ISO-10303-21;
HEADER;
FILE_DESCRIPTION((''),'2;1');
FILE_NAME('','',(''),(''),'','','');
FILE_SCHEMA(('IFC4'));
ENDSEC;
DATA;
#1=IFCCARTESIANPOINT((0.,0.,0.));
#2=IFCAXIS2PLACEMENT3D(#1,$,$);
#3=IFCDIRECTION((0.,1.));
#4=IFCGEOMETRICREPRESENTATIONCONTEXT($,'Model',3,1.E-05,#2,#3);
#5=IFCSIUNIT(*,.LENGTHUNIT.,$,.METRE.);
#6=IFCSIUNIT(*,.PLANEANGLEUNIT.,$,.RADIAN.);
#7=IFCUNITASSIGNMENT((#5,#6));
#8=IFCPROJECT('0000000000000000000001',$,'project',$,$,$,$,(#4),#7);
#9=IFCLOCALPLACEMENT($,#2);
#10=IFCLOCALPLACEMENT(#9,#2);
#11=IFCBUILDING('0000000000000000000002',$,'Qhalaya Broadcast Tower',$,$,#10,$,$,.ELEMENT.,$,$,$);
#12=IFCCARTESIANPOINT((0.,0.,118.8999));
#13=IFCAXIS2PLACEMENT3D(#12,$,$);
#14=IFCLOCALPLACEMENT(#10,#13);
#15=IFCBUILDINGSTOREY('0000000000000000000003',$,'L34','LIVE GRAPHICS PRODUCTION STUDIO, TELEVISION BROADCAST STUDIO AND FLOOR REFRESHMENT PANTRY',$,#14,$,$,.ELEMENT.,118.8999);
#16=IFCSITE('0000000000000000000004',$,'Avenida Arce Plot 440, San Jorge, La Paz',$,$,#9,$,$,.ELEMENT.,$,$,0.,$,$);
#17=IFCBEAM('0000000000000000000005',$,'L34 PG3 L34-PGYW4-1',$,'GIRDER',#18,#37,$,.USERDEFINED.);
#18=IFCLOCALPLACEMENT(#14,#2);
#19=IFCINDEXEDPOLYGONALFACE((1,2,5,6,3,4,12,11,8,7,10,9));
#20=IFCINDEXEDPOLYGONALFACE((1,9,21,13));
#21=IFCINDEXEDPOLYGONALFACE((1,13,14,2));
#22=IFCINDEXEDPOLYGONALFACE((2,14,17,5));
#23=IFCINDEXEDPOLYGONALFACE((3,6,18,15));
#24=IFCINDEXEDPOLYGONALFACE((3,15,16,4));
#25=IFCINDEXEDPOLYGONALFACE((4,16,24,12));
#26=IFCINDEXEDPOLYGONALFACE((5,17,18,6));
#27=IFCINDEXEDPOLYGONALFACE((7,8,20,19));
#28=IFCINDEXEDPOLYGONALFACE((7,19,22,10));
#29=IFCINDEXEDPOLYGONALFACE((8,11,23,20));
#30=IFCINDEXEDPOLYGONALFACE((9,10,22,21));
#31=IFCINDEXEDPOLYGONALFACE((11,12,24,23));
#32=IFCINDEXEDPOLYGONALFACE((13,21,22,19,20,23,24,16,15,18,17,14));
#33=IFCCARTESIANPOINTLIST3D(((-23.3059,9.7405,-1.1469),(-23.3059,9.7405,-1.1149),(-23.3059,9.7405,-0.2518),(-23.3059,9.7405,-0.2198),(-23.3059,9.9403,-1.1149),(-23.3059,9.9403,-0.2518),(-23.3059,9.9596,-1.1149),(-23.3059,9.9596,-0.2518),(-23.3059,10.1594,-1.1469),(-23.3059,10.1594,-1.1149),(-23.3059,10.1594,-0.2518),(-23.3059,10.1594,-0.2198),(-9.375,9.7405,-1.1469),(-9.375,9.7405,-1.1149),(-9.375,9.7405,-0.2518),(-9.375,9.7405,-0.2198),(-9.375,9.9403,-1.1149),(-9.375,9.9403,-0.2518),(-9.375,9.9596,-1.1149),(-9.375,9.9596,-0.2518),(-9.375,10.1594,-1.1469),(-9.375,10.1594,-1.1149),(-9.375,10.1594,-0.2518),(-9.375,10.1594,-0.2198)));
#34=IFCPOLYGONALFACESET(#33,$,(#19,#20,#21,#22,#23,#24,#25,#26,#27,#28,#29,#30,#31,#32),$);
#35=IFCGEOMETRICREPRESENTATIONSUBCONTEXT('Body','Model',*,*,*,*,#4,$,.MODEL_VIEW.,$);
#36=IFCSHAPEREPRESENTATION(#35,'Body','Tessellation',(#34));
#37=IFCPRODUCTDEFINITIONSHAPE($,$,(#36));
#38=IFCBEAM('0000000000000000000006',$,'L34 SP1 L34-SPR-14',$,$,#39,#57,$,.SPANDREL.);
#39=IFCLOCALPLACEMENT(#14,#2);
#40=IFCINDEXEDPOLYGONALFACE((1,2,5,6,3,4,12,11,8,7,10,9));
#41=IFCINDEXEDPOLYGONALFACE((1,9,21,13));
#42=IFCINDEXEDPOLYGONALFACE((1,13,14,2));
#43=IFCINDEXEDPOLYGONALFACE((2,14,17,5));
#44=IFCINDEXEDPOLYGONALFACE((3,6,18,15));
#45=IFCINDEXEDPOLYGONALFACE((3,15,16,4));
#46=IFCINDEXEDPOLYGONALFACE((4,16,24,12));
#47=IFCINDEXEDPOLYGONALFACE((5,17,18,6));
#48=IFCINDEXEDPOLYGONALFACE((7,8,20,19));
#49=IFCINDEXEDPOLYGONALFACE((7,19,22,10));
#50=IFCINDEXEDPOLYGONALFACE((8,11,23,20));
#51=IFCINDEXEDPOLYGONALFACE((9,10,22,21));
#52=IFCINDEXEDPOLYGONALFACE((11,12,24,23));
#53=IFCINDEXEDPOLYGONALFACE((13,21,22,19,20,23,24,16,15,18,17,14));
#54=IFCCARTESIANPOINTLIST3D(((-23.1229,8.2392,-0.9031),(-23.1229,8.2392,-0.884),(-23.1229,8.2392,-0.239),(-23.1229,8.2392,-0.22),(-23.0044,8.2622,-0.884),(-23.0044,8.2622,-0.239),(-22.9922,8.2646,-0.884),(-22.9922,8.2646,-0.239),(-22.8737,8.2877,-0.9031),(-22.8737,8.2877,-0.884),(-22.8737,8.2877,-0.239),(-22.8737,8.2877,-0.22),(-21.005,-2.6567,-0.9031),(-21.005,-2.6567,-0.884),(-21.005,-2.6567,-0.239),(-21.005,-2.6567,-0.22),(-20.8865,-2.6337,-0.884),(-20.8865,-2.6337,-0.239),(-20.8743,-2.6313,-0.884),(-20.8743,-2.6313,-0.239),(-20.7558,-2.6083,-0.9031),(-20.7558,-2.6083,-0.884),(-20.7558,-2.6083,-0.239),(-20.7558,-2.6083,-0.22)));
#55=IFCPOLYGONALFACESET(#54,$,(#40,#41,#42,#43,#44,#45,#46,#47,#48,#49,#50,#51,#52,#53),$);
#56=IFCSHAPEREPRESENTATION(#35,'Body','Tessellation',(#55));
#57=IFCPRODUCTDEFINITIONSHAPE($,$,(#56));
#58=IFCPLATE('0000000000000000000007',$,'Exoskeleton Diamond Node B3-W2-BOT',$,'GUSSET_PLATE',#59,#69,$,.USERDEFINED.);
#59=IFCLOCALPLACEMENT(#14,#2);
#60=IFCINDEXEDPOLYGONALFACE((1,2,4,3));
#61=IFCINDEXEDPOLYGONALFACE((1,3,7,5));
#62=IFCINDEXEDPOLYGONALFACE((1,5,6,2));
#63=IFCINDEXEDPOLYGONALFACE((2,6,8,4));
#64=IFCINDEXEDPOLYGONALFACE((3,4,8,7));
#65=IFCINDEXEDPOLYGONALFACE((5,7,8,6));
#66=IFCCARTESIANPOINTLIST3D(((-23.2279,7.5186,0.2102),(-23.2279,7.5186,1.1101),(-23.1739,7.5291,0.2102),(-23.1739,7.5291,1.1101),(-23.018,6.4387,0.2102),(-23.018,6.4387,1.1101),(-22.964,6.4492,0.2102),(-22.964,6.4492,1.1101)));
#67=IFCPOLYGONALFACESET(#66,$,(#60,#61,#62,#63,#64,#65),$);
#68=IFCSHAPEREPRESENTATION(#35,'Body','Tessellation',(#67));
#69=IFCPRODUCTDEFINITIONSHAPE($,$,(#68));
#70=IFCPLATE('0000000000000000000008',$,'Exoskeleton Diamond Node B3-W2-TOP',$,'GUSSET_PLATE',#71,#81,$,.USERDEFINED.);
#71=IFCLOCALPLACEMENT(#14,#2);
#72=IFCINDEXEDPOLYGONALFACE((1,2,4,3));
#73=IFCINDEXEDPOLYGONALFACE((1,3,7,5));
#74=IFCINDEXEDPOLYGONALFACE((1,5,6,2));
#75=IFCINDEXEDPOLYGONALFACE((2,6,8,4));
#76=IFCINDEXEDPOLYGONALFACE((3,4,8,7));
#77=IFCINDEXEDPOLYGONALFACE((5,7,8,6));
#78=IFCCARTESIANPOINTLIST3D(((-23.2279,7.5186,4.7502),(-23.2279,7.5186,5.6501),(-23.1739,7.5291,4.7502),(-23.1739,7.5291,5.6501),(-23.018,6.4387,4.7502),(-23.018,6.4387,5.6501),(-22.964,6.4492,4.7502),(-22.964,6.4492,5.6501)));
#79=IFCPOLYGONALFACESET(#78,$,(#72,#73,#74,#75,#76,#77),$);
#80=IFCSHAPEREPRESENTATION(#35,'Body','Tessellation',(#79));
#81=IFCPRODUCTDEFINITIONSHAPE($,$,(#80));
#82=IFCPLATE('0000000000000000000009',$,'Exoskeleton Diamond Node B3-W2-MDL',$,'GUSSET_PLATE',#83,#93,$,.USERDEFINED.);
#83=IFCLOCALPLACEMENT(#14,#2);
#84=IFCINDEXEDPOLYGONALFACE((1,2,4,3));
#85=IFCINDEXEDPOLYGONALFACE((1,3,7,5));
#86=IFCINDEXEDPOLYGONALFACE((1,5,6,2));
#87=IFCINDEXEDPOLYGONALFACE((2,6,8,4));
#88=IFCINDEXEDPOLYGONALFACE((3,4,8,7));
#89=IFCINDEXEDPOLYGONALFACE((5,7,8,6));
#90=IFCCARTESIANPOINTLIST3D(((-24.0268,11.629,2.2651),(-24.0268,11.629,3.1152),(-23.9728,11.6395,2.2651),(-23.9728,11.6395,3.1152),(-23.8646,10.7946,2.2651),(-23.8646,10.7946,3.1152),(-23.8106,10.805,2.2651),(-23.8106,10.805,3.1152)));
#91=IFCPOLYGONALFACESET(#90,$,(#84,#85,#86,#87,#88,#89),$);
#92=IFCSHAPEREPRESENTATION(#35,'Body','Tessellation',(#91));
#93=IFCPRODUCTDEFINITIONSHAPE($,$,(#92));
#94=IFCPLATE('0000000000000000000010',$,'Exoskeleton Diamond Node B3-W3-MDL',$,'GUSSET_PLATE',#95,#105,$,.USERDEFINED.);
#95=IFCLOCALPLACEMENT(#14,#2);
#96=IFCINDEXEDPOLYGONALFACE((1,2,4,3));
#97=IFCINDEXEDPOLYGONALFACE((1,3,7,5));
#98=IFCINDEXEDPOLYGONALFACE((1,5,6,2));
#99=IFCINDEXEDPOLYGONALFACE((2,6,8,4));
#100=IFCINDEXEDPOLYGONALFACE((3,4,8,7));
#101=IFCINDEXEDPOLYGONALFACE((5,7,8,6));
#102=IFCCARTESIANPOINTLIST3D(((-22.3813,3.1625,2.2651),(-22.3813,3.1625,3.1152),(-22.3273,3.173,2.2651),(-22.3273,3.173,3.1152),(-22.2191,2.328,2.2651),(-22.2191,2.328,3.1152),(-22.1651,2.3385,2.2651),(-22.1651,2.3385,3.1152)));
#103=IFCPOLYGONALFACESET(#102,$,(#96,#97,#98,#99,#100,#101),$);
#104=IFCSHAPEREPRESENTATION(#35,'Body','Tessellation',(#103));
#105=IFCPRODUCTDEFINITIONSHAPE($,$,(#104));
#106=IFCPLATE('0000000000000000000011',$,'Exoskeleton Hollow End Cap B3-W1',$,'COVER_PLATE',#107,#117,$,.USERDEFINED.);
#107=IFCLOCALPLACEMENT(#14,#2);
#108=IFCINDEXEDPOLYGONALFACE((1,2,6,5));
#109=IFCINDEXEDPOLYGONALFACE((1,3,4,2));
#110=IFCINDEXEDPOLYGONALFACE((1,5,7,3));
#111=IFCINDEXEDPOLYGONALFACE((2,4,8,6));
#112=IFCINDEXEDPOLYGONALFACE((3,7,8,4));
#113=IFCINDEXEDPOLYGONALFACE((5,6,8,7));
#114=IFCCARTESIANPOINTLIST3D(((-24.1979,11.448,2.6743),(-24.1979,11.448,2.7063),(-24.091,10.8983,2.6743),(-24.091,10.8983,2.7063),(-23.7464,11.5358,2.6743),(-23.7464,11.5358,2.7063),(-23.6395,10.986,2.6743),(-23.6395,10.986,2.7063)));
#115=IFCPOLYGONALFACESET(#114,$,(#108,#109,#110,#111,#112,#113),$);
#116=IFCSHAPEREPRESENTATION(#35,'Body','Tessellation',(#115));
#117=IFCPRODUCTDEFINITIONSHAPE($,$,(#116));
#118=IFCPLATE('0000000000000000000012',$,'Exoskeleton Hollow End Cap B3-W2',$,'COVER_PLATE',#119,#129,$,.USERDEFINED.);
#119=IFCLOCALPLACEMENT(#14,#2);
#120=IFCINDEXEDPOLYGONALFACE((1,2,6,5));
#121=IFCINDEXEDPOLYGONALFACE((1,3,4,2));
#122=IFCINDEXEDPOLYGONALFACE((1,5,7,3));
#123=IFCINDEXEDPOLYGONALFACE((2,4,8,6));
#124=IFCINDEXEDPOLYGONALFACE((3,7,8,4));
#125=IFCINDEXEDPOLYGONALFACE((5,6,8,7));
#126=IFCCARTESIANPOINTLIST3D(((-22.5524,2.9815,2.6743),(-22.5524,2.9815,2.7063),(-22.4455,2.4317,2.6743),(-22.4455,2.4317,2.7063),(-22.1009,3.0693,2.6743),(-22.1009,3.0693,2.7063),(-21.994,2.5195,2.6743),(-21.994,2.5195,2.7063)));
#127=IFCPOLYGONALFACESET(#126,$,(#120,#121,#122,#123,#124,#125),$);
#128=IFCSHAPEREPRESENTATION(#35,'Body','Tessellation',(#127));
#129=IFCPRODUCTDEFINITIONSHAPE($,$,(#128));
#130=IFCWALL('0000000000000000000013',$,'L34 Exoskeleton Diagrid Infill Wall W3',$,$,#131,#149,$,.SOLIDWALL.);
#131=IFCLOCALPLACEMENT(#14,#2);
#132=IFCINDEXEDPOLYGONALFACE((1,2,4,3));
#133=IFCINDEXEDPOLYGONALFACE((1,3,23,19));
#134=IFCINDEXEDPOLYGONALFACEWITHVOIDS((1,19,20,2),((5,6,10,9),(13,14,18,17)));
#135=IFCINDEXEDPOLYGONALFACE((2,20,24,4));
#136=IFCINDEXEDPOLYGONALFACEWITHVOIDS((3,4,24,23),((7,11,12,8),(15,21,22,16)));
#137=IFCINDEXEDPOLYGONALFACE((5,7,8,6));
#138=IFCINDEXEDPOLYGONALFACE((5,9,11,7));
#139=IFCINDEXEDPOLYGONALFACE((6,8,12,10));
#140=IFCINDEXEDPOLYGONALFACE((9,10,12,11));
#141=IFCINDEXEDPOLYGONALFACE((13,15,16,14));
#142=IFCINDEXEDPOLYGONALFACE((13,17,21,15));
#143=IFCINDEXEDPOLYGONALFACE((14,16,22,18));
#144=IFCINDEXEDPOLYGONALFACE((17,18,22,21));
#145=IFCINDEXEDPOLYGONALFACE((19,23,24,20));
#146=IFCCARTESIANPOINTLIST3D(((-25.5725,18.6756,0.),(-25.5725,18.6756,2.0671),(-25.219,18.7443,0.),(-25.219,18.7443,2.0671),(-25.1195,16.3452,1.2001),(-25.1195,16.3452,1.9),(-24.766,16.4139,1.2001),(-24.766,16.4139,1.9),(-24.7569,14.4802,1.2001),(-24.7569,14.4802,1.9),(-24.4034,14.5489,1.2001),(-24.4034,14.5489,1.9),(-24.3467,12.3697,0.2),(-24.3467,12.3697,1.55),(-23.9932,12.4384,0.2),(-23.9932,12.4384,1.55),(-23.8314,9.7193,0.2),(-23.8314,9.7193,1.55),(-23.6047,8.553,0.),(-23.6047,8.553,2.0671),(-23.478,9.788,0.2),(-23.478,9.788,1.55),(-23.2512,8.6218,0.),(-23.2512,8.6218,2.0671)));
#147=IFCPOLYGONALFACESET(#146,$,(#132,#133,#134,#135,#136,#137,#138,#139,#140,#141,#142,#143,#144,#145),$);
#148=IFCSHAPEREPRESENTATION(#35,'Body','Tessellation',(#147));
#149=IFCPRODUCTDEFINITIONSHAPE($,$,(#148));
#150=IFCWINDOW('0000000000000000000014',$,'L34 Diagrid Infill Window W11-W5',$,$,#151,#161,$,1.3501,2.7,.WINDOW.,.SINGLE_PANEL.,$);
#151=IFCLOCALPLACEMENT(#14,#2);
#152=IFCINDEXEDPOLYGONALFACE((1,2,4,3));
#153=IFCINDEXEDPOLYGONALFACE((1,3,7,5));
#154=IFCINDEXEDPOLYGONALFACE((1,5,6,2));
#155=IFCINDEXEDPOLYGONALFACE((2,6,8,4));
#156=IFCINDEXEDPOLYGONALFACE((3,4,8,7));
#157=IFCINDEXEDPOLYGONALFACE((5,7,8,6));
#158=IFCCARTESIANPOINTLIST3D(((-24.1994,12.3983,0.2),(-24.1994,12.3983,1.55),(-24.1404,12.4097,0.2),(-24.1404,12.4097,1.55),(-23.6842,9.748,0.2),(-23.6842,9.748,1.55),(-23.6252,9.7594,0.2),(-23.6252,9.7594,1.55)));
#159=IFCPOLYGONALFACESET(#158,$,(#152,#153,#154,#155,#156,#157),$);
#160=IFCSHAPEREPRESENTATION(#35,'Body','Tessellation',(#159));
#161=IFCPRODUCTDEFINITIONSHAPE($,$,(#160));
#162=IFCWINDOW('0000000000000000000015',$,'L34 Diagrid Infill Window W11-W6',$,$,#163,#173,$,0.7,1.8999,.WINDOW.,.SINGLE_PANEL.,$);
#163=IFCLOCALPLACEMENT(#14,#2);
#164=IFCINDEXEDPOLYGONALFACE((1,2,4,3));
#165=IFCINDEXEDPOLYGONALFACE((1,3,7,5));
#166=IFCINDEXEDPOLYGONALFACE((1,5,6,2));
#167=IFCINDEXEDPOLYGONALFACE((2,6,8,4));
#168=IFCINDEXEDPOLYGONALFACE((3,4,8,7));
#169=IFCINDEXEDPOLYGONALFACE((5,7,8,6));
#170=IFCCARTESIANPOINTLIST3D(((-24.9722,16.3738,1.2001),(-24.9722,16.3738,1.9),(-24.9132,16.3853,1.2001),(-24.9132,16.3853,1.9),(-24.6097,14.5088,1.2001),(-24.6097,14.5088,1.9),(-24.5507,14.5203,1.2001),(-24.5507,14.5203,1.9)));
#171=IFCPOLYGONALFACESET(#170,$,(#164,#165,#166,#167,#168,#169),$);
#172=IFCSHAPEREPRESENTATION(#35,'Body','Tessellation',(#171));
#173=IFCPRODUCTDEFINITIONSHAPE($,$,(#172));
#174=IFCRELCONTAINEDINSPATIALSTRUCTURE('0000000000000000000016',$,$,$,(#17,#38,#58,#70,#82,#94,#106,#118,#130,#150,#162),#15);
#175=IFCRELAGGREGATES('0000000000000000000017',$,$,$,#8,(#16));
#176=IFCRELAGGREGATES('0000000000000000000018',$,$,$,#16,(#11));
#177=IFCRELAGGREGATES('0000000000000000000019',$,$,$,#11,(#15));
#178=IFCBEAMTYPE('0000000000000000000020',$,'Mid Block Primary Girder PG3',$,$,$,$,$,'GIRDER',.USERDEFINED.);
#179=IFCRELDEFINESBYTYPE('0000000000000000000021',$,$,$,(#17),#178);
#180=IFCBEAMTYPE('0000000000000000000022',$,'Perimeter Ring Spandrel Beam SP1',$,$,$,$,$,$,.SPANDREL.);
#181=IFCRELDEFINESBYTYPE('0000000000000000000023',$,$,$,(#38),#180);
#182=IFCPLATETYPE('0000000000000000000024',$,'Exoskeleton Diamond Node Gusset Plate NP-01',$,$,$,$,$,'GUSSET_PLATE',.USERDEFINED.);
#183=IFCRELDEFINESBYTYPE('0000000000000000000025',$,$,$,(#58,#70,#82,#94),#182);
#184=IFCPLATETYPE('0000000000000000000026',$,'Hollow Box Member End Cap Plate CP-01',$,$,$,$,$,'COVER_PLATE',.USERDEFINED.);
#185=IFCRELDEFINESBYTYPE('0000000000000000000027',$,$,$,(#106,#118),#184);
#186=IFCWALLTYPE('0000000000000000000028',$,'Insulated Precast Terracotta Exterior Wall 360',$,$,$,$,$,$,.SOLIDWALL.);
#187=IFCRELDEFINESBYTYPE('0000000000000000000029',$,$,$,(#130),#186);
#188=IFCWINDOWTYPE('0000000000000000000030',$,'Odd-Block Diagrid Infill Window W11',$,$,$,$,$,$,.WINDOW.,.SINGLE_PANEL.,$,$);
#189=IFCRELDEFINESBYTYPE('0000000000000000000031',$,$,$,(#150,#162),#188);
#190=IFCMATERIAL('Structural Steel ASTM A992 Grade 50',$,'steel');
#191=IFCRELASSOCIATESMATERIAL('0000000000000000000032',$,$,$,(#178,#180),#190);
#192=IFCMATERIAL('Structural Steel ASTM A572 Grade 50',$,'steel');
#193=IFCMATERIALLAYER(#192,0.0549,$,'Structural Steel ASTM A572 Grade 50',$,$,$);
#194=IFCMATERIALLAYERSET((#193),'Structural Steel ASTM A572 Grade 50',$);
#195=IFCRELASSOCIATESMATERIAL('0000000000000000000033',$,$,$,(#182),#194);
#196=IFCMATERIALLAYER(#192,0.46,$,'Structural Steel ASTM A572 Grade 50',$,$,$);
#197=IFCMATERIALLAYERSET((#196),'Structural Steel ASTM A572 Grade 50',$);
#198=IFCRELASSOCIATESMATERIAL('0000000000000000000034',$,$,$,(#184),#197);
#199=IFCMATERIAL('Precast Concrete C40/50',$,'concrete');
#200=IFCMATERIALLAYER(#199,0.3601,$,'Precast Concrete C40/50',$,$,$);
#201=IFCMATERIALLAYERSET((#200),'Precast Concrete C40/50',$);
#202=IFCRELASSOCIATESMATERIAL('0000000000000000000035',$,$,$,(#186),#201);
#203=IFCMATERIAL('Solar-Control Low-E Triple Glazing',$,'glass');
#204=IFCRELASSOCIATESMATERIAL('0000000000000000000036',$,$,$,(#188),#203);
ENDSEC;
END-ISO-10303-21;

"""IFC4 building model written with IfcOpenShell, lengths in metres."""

from ifc_helpers import new_model, si_unit, direction, frame, frame_2d, origin, origin_2d, place, context, subcontext, project, spatial, rectangle, i_section, extrude, material, layer, layer_set, material_profile, profile_set, type_object, element, fill, save


model = new_model("IFC4")

# Units and contexts
model_context = context("Model", 3, precision=1e-05, world=origin(), true_north=direction((0.0, 1.0)))
body_context = subcontext(model_context, "Body", "Model", "MODEL_VIEW")
ifc_project = project(units=[si_unit("LENGTHUNIT", "METRE"), si_unit("PLANEANGLEUNIT", "RADIAN")], contexts=[model_context])

# Site, building, storey
site_placement = place(None, origin())
site = spatial("IfcSite", under=ifc_project, at=site_placement, Name="Avenida Arce Plot 440, San Jorge, La Paz", CompositionType="ELEMENT", RefElevation=0.0)
building_placement = place(site_placement, origin())
building = spatial("IfcBuilding", under=site, at=building_placement, Name="Qhalaya Broadcast Tower", CompositionType="ELEMENT")
storey_placement = place(building_placement, frame((0.0, 0.0, 118.8999)))
storey = spatial("IfcBuildingStorey", under=building, at=storey_placement, Name="L34", Description="LIVE GRAPHICS PRODUCTION STUDIO, TELEVISION BROADCAST STUDIO AND FLOOR REFRESHMENT PANTRY", CompositionType="ELEMENT", Elevation=118.8999)

# Shared definitions
ifc_material_1 = material(Name="Structural Steel ASTM A572 Grade 50", Category="steel")

# Shared definitions
ifc_material_2 = material(Name="Structural Steel ASTM A992 Grade 50", Category="steel")

# Beams
ifc_material_profile_1 = material_profile(ifc_material_2, i_section(OverallWidth=0.4189, OverallDepth=0.927, WebThickness=0.0193, FlangeThickness=0.032, at=origin_2d()), Name="W36X231")
ifc_profile_set_1 = profile_set([ifc_material_profile_1], Name="Structural Steel ASTM A992 Grade 50")
beam_type_1 = type_object("IfcBeamType", Name="Mid Block Primary Girder PG3", ElementType="GIRDER", PredefinedType="USERDEFINED", material=ifc_profile_set_1)
beam_1_placement = place(storey_placement, frame((-23.3059, 9.95, -0.6833), z_axis=(1.0, 0.0, 0.0), x_axis=(0.0, 1.0, 0.0)))
element("IfcBeam", 1, at=beam_1_placement, inside=storey, type_object=beam_type_1, Name="L34 PG3 L34-PGYW4-1", ObjectType="GIRDER", PredefinedType="USERDEFINED", context=body_context, shape_type="SweptSolid", body=[
    extrude(i_section(OverallWidth=0.4189, OverallDepth=0.927, WebThickness=0.0193, FlangeThickness=0.032, at=origin_2d()), origin(), (0.0, 0.0, 1.0), 13.9309),
])
ifc_material_profile_2 = material_profile(ifc_material_2, i_section(OverallWidth=0.2539, OverallDepth=0.6831, WebThickness=0.0125, FlangeThickness=0.019, at=origin_2d()), Name="W27X94")
ifc_profile_set_2 = profile_set([ifc_material_profile_2], Name="Structural Steel ASTM A992 Grade 50")
beam_type_2 = type_object("IfcBeamType", Name="Perimeter Ring Spandrel Beam SP1", PredefinedType="SPANDREL", material=ifc_profile_set_2)
beam_2_placement = place(storey_placement, frame((-22.9983, 8.2634, -0.5615), z_axis=(0.190805, -0.981628, 0.0), x_axis=(0.981628, 0.190805, 0.0)))
element("IfcBeam", 2, at=beam_2_placement, inside=storey, type_object=beam_type_2, Name="L34 SP1 L34-SPR-14", PredefinedType="SPANDREL", context=body_context, shape_type="SweptSolid", body=[
    extrude(i_section(OverallWidth=0.2539, OverallDepth=0.6831, WebThickness=0.0125, FlangeThickness=0.019, at=origin_2d()), origin(), (0.0, 0.0, 1.0), 11.0999),
])

# Plates
ifc_layer_1 = layer(ifc_material_1, 0.0549, Name="Structural Steel ASTM A572 Grade 50")
ifc_layer_set_1 = layer_set([ifc_layer_1], Name="Structural Steel ASTM A572 Grade 50")
plate_type_1 = type_object("IfcPlateType", Name="Exoskeleton Diamond Node Gusset Plate NP-01", ElementType="GUSSET_PLATE", PredefinedType="USERDEFINED", material=ifc_layer_set_1)
for number, where, z_axis, x_axis, name in (
    (3, (-23.0959, 6.9839, 0.2102), (0.0, 0.0, 1.0), (-0.190809, 0.981627, 0.0), "Exoskeleton Diamond Node B3-W2-BOT"),
    (4, (-23.0959, 6.9839, 4.7502), (0.0, 0.0, 1.0), (-0.190809, 0.981627, 0.0), "Exoskeleton Diamond Node B3-W2-TOP"),
):
    element("IfcPlate", number, at=place(storey_placement, frame(where, z_axis=z_axis, x_axis=x_axis)), inside=storey, type_object=plate_type_1, Name=name, ObjectType="GUSSET_PLATE", PredefinedType="USERDEFINED", context=body_context, shape_type="SweptSolid", body=[
        extrude(rectangle(XDim=1.1001, YDim=0.0549, at=origin_2d()), origin(), (0.0, 0.0, 1.0), 0.8999),
    ])
for number, where, z_axis, x_axis, name in (
    (5, (-23.9187, 11.217, 2.2651), (0.0, 0.0, 1.0), (-0.190809, 0.981627, 0.0), "Exoskeleton Diamond Node B3-W2-MDL"),
    (6, (-22.2732, 2.7505, 2.2651), (0.0, 0.0, 1.0), (-0.190809, 0.981627, 0.0), "Exoskeleton Diamond Node B3-W3-MDL"),
):
    element("IfcPlate", number, at=place(storey_placement, frame(where, z_axis=z_axis, x_axis=x_axis)), inside=storey, type_object=plate_type_1, Name=name, ObjectType="GUSSET_PLATE", PredefinedType="USERDEFINED", context=body_context, shape_type="SweptSolid", body=[
        extrude(rectangle(XDim=0.8501, YDim=0.0549, at=origin_2d()), origin(), (0.0, 0.0, 1.0), 0.8501),
    ])
ifc_layer_2 = layer(ifc_material_1, 0.46, Name="Structural Steel ASTM A572 Grade 50")
ifc_layer_set_2 = layer_set([ifc_layer_2], Name="Structural Steel ASTM A572 Grade 50")
plate_type_2 = type_object("IfcPlateType", Name="Hollow Box Member End Cap Plate CP-01", ElementType="COVER_PLATE", PredefinedType="USERDEFINED", material=ifc_layer_set_2)
for number, where, z_axis, x_axis, name in (
    (7, (-23.9187, 11.217, 2.6743), (0.0, 0.0, 1.0), (-0.190809, 0.981627, 0.0), "Exoskeleton Hollow End Cap B3-W1"),
    (8, (-22.2732, 2.7505, 2.6743), (0.0, 0.0, 1.0), (-0.190809, 0.981627, 0.0), "Exoskeleton Hollow End Cap B3-W2"),
):
    element("IfcPlate", number, at=place(storey_placement, frame(where, z_axis=z_axis, x_axis=x_axis)), inside=storey, type_object=plate_type_2, Name=name, ObjectType="COVER_PLATE", PredefinedType="USERDEFINED", context=body_context, shape_type="SweptSolid", body=[
        extrude(rectangle(XDim=0.5601, YDim=0.46, at=origin_2d()), origin(), (0.0, 0.0, 1.0), 0.032),
    ])

# Wall, openings, windows
ifc_material_3 = material(Name="Precast Concrete C40/50", Category="concrete")
ifc_layer_3 = layer(ifc_material_3, 0.3601, Name="Precast Concrete C40/50")
ifc_layer_set_3 = layer_set([ifc_layer_3], Name="Precast Concrete C40/50")
wall_type_1 = type_object("IfcWallType", Name="Insulated Precast Terracotta Exterior Wall 360", PredefinedType="SOLIDWALL", material=ifc_layer_set_3)
wall_1_placement = place(storey_placement, frame((-23.428, 8.5874, 0.0), z_axis=(0.0, 0.0, 1.0), x_axis=(-0.190823, 0.981625, 0.0)))
wall_1 = element("IfcWall", 9, at=wall_1_placement, inside=storey, type_object=wall_type_1, Name="L34 Exoskeleton Diagrid Infill Wall W3", PredefinedType="SOLIDWALL", context=body_context, shape_type="SweptSolid", body=[
    extrude(rectangle(XDim=10.312, YDim=0.3601, at=frame_2d((5.156, 0.0))), origin(), (0.0, 0.0, 1.0), 2.0671),
])
opening_1_placement = place(wall_1_placement, frame((1.188, 0.0, 0.2)))
opening_1 = element("IfcOpeningElement", 10, at=opening_1_placement, cuts=wall_1, PredefinedType="OPENING", context=body_context, shape_type="SweptSolid", body=[
    extrude(rectangle(XDim=2.7, YDim=1.3501, at=frame_2d((1.3501, 0.675))), frame((0.0, 0.1921, 0.0), z_axis=(0.0, -1.0, 0.0), x_axis=(1.0, 0.0, 0.0)), (0.0, 0.0, 1.0), 0.384),
])
opening_2_placement = place(wall_1_placement, frame((6.0381, 0.0, 1.2)))
opening_2 = element("IfcOpeningElement", 11, at=opening_2_placement, cuts=wall_1, PredefinedType="OPENING", context=body_context, shape_type="SweptSolid", body=[
    extrude(rectangle(XDim=1.8999, YDim=0.7, at=frame_2d((0.95, 0.3501))), frame((0.0, 0.1921, 0.0), z_axis=(0.0, -1.0, 0.0), x_axis=(1.0, 0.0, 0.0)), (0.0, 0.0, 1.0), 0.384),
])
ifc_material_4 = material(Name="Solar-Control Low-E Triple Glazing", Category="glass")
window_type = type_object("IfcWindowType", Name="Odd-Block Diagrid Infill Window W11", PartitioningType="SINGLE_PANEL", PredefinedType="WINDOW", material=ifc_material_4)
window_1_placement = place(opening_1_placement, origin())
window_1 = element("IfcWindow", 12, at=window_1_placement, inside=storey, type_object=window_type, Name="L34 Diagrid Infill Window W11-W5", OverallHeight=1.3501, OverallWidth=2.7, PartitioningType="SINGLE_PANEL", PredefinedType="WINDOW", context=body_context, shape_type="SweptSolid", body=[
    extrude(rectangle(XDim=2.7, YDim=1.3501, at=frame_2d((1.3501, 0.675))), frame((0.0, 0.03, 0.0), z_axis=(0.0, -1.0, 0.0), x_axis=(1.0, 0.0, 0.0)), (0.0, 0.0, 1.0), 0.0601),
])
fill(opening_1, window_1)
window_2_placement = place(opening_2_placement, origin())
window_2 = element("IfcWindow", 13, at=window_2_placement, inside=storey, type_object=window_type, Name="L34 Diagrid Infill Window W11-W6", OverallHeight=0.7, OverallWidth=1.8999, PartitioningType="SINGLE_PANEL", PredefinedType="WINDOW", context=body_context, shape_type="SweptSolid", body=[
    extrude(rectangle(XDim=1.8999, YDim=0.7, at=frame_2d((0.95, 0.3501))), frame((0.0, 0.03, 0.0), z_axis=(0.0, -1.0, 0.0), x_axis=(1.0, 0.0, 0.0)), (0.0, 0.0, 1.0), 0.0601),
])
fill(opening_2, window_2)

save(model, "model.ifc")
